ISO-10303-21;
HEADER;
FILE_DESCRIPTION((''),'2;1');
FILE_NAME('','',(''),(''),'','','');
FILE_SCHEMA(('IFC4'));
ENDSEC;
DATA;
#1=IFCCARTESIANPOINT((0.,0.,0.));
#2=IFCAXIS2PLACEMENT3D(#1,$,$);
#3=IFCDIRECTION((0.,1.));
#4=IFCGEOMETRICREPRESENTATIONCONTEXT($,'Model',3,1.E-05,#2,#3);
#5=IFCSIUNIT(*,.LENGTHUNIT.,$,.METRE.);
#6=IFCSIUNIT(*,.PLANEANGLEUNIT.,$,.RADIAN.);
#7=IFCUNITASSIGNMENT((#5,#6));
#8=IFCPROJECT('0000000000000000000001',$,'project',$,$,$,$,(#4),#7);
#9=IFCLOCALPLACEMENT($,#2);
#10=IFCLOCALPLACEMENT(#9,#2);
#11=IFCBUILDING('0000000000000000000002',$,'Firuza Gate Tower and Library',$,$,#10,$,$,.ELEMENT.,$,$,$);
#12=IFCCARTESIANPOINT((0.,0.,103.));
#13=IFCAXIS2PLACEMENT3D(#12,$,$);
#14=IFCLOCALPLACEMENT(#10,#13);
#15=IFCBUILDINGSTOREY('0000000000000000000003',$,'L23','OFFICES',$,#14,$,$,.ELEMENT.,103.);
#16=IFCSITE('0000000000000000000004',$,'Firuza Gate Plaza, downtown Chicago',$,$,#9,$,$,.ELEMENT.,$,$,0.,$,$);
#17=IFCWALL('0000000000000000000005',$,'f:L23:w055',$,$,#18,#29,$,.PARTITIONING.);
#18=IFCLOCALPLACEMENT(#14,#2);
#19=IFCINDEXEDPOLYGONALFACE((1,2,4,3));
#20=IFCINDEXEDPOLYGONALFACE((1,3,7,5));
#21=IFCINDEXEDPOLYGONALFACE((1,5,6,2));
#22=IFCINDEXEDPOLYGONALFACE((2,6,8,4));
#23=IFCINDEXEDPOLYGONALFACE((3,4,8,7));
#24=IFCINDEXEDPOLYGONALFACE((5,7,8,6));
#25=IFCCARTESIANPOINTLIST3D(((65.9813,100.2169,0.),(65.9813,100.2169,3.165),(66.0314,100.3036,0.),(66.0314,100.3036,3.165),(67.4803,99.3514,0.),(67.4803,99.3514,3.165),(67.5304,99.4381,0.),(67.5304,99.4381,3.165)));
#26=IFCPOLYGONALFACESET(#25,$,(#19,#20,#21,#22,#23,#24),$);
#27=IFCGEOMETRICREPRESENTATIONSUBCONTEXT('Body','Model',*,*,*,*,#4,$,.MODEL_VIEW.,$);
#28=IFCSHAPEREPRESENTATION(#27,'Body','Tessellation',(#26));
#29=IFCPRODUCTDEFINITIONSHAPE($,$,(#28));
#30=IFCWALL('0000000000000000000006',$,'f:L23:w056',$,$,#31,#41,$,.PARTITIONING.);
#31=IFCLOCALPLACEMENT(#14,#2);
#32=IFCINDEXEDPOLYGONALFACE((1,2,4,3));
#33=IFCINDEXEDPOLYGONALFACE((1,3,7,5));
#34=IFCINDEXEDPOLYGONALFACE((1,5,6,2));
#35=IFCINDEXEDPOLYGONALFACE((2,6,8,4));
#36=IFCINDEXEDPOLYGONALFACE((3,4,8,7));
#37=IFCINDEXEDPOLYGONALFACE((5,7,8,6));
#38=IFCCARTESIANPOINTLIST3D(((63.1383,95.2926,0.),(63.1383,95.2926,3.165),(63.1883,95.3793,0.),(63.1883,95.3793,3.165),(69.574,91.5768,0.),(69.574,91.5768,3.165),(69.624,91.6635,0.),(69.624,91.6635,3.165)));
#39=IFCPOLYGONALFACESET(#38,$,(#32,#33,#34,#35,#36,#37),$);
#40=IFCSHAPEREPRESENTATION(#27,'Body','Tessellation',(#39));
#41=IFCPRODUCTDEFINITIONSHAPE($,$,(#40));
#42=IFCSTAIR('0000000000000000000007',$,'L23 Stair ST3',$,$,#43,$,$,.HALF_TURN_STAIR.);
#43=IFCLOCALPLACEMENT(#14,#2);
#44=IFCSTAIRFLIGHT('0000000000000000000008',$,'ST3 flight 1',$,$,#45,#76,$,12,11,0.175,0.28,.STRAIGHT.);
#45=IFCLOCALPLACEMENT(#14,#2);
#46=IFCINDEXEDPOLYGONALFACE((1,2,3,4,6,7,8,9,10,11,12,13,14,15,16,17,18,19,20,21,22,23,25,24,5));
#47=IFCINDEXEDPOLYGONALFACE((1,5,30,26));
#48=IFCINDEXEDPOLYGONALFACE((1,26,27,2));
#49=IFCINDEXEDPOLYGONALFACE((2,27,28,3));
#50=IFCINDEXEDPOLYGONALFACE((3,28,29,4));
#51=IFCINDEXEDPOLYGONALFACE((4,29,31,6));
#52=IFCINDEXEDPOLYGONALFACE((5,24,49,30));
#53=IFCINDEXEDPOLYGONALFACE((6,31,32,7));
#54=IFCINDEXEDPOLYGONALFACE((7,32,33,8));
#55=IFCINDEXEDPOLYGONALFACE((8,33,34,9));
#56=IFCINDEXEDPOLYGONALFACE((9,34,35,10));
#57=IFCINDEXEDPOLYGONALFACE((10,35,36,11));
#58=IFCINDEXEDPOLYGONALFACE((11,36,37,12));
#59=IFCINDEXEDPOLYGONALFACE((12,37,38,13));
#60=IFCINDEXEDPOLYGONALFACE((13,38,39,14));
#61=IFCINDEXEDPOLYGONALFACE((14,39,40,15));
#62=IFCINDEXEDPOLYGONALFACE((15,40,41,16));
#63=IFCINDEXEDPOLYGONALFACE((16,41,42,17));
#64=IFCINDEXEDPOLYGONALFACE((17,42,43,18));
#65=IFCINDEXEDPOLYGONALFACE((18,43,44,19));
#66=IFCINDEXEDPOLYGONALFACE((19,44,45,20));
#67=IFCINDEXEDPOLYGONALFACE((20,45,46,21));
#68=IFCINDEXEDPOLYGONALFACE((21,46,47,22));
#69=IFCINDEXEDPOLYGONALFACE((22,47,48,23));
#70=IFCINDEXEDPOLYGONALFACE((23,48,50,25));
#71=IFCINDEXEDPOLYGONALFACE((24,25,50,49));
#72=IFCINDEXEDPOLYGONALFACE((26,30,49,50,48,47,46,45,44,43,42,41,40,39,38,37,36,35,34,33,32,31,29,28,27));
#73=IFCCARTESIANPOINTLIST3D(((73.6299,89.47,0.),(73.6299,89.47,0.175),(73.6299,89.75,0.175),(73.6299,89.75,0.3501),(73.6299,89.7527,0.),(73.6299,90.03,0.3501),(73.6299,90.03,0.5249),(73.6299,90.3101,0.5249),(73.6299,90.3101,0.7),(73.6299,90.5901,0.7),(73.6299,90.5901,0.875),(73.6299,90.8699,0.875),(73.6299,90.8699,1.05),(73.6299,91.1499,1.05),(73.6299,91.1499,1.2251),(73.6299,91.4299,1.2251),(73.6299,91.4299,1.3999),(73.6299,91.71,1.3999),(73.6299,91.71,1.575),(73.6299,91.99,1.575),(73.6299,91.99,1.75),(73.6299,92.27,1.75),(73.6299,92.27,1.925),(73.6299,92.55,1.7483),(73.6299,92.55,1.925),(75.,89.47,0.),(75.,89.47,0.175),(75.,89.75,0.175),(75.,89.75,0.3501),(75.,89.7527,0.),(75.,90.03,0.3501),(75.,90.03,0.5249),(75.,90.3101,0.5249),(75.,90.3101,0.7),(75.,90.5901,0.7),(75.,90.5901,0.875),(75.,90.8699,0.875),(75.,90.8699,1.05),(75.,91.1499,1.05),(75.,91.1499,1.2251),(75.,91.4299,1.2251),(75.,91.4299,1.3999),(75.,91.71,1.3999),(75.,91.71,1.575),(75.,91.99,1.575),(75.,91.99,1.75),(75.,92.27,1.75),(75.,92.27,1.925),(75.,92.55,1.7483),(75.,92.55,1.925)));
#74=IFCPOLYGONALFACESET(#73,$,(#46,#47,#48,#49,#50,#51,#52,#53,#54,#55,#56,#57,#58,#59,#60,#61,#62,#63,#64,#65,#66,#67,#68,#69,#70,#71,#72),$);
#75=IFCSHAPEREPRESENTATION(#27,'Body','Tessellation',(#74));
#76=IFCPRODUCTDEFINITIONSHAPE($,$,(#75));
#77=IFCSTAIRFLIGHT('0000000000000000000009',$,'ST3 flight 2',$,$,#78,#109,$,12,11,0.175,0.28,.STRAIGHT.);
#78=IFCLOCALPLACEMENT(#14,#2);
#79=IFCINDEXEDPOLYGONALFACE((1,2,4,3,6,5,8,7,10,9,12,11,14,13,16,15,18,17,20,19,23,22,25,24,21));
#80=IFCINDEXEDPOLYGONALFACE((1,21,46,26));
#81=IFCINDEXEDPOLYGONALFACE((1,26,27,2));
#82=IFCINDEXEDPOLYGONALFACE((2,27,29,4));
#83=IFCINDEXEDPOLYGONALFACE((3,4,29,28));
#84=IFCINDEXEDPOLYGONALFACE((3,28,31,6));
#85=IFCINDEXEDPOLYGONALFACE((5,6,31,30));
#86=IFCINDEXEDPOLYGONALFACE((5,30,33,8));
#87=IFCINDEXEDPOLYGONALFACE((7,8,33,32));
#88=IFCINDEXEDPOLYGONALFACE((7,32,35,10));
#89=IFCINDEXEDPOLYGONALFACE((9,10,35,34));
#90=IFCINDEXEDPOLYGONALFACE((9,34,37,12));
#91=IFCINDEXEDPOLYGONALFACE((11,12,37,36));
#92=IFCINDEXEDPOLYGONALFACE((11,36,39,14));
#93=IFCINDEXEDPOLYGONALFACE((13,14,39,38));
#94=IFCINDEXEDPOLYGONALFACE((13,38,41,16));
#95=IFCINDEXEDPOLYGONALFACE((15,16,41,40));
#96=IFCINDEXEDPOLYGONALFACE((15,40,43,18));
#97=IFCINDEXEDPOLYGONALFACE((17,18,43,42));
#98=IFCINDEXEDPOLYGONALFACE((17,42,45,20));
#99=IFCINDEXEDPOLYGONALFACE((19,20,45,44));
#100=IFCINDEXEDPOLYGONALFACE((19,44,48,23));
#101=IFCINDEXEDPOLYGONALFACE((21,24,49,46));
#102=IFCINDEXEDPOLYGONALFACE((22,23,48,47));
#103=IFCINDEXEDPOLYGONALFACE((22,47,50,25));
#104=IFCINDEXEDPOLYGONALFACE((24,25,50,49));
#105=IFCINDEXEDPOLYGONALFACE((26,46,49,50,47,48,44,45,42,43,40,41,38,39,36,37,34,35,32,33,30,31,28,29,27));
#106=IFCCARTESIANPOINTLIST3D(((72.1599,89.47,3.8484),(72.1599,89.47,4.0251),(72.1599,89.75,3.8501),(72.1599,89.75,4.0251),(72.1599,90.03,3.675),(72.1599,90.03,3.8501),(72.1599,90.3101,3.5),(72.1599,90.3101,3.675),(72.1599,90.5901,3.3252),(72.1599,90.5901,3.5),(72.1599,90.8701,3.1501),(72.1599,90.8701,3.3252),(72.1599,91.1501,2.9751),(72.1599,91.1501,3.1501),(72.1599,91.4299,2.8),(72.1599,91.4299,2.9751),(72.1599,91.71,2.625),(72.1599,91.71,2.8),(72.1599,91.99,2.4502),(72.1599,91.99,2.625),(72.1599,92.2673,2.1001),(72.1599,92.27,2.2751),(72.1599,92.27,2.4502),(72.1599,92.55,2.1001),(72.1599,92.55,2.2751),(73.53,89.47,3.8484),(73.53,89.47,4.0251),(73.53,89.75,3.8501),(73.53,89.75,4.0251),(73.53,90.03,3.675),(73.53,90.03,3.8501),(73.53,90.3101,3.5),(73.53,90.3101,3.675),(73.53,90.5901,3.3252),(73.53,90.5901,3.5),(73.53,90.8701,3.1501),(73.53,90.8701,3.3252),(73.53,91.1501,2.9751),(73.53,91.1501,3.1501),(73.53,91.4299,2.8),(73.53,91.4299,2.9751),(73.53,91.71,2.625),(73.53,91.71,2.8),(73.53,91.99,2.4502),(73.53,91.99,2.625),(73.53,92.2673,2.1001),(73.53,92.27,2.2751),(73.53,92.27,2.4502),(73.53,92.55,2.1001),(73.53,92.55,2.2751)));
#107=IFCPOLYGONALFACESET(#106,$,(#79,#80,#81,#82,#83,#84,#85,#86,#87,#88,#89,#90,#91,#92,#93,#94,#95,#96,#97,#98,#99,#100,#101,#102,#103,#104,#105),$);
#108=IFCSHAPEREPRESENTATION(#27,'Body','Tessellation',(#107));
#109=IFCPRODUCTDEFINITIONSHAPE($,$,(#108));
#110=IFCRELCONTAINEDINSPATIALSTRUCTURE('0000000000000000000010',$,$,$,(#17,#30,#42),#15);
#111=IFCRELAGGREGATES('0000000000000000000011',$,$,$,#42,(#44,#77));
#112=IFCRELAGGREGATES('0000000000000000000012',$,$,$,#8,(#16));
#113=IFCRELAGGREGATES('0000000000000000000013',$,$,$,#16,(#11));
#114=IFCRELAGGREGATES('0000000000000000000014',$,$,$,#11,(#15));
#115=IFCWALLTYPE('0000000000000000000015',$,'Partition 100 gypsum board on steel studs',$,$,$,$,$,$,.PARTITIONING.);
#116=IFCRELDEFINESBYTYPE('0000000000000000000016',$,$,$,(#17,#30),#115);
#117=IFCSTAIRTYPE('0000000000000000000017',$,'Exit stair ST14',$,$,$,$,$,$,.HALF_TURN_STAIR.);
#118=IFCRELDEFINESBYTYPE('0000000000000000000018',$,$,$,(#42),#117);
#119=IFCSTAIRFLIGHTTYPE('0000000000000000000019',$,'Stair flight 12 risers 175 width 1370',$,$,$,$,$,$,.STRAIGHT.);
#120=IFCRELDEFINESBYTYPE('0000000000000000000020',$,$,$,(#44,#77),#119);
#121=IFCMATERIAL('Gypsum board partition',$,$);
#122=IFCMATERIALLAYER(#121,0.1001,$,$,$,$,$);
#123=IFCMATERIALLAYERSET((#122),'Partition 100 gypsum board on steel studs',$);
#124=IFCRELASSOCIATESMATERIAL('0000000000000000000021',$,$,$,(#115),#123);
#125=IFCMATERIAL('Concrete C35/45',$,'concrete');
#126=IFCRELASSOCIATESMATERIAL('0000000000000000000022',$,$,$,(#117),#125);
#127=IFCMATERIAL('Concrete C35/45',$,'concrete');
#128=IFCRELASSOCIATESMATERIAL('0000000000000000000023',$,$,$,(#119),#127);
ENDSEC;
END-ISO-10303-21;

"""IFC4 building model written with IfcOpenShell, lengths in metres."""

from ifc_helpers import new_model, si_unit, direction, frame, frame_2d, origin, place, context, subcontext, project, spatial, polyline, rectangle, outline, extrude, material, layer, layer_set, type_object, element, aggregate, save


model = new_model("IFC4")

# Units and contexts
model_context = context("Model", 3, precision=1e-05, world=origin(), true_north=direction((0.0, 1.0)))
body_context = subcontext(model_context, "Body", "Model", "MODEL_VIEW")
ifc_project = project(units=[si_unit("LENGTHUNIT", "METRE"), si_unit("PLANEANGLEUNIT", "RADIAN")], contexts=[model_context])

# Site, building, storey
site_placement = place(None, origin())
site = spatial("IfcSite", under=ifc_project, at=site_placement, Name="Firuza Gate Plaza, downtown Chicago", CompositionType="ELEMENT", RefElevation=0.0)
building_placement = place(site_placement, origin())
building = spatial("IfcBuilding", under=site, at=building_placement, Name="Firuza Gate Tower and Library", CompositionType="ELEMENT")
storey_placement = place(building_placement, frame((0.0, 0.0, 103.0)))
storey = spatial("IfcBuildingStorey", under=building, at=storey_placement, Name="L23", Description="OFFICES", CompositionType="ELEMENT", Elevation=103.0)

# Shared definitions
placement = place(storey_placement, origin())

# Shared definitions
ifc_material_1 = material(Name="Gypsum board partition")
ifc_layer_1 = layer(ifc_material_1, 0.1001)
ifc_layer_set_1 = layer_set([ifc_layer_1], Name="Partition 100 gypsum board on steel studs")
wall_type_1 = type_object("IfcWallType", Name="Partition 100 gypsum board on steel studs", PredefinedType="PARTITIONING", material=ifc_layer_set_1)

# Walls
wall_1_placement = place(storey_placement, frame((67.5054, 99.3948, 0.0), z_axis=(0.0, 0.0, 1.0), x_axis=(-0.866021, 0.500007, 0.0)))
element("IfcWall", 1, at=wall_1_placement, inside=storey, type_object=wall_type_1, Name="f:L23:w055", PredefinedType="PARTITIONING", context=body_context, shape_type="SweptSolid", body=[
    extrude(rectangle(XDim=1.731, YDim=0.1001, at=frame_2d((0.8655, 0.0))), origin(), (0.0, 0.0, 1.0), 3.165),
])
wall_2_placement = place(storey_placement, frame((69.5991, 91.6201, 0.0), z_axis=(0.0, 0.0, 1.0), x_axis=(-0.866019, 0.500012, 0.0)))
element("IfcWall", 2, at=wall_2_placement, inside=storey, type_object=wall_type_1, Name="f:L23:w056", PredefinedType="PARTITIONING", context=body_context, shape_type="SweptSolid", body=[
    extrude(rectangle(XDim=7.4314, YDim=0.1001, at=frame_2d((3.7158, 0.0))), origin(), (0.0, 0.0, 1.0), 3.165),
])

# Stair, stair flights
ifc_material_2 = material(Name="Concrete C35/45", Category="concrete")
stair_type = type_object("IfcStairType", Name="Exit stair ST14", PredefinedType="HALF_TURN_STAIR", material=ifc_material_2)
stair = element("IfcStair", 3, at=placement, inside=storey, type_object=stair_type, Name="L23 Stair ST3", PredefinedType="HALF_TURN_STAIR")
ifc_material_3 = material(Name="Concrete C35/45", Category="concrete")
stair_flight_type = type_object("IfcStairFlightType", Name="Stair flight 12 risers 175 width 1370", PredefinedType="STRAIGHT", material=ifc_material_3)
stair_flight_1_placement = place(storey_placement, frame((74.3149, 89.47, 0.0), z_axis=(0.0, 0.0, 1.0), x_axis=(0.0, 1.0, 0.0)))
stair_flight_1 = element("IfcStairFlight", 4, at=stair_flight_1_placement, type_object=stair_flight_type, Name="ST3 flight 1", NumberOfRisers=12, NumberOfTreads=11, PredefinedType="STRAIGHT", RiserHeight=0.175, TreadLength=0.28, context=body_context, shape_type="SweptSolid", body=[
    extrude(outline(polyline([(0.0, 0.0), (0.0, 0.175), (0.28, 0.175), (0.28, 0.3501), (0.5601, 0.3501), (0.5601, 0.5249), (0.8401, 0.5249), (0.8401, 0.7), (1.1201, 0.7), (1.1201, 0.875), (1.3999, 0.875), (1.3999, 1.05), (1.6799, 1.05), (1.6799, 1.2251), (1.96, 1.2251), (1.96, 1.3999), (2.24, 1.3999), (2.24, 1.575), (2.52, 1.575), (2.52, 1.75), (2.8, 1.75), (2.8, 1.925), (3.0801, 1.925), (3.0801, 2.1001), (3.0801, 1.7483), (0.2827, 0.0), (0.0, 0.0)])), frame((0.0, 0.6851, 0.0), z_axis=(0.0, -1.0, 0.0), x_axis=(1.0, 0.0, 0.0)), (0.0, 0.0, 1.0), 1.3701),
])
stair_flight_2_placement = place(storey_placement, frame((72.845, 92.55, 2.1001), z_axis=(0.0, 0.0, 1.0), x_axis=(0.0, -1.0, 0.0)))
stair_flight_2 = element("IfcStairFlight", 5, at=stair_flight_2_placement, type_object=stair_flight_type, Name="ST3 flight 2", NumberOfRisers=12, NumberOfTreads=11, PredefinedType="STRAIGHT", RiserHeight=0.175, TreadLength=0.28, context=body_context, shape_type="SweptSolid", body=[
    extrude(outline(polyline([(0.0, 0.0), (0.0, 0.175), (0.28, 0.175), (0.28, 0.3501), (0.5601, 0.3501), (0.5601, 0.5249), (0.8401, 0.5249), (0.8401, 0.7), (1.1201, 0.7), (1.1201, 0.875), (1.3999, 0.875), (1.3999, 1.05), (1.6799, 1.05), (1.6799, 1.2251), (1.96, 1.2251), (1.96, 1.3999), (2.24, 1.3999), (2.24, 1.575), (2.52, 1.575), (2.52, 1.75), (2.8, 1.75), (2.8, 1.925), (3.0801, 1.925), (3.0801, 2.1001), (3.0801, 1.7483), (0.2827, 0.0), (0.0, 0.0)])), frame((0.0, 0.6851, 0.0), z_axis=(0.0, -1.0, 0.0), x_axis=(1.0, 0.0, 0.0)), (0.0, 0.0, 1.0), 1.3701),
])
aggregate(stair, [stair_flight_1, stair_flight_2])

save(model, "model.ifc")
